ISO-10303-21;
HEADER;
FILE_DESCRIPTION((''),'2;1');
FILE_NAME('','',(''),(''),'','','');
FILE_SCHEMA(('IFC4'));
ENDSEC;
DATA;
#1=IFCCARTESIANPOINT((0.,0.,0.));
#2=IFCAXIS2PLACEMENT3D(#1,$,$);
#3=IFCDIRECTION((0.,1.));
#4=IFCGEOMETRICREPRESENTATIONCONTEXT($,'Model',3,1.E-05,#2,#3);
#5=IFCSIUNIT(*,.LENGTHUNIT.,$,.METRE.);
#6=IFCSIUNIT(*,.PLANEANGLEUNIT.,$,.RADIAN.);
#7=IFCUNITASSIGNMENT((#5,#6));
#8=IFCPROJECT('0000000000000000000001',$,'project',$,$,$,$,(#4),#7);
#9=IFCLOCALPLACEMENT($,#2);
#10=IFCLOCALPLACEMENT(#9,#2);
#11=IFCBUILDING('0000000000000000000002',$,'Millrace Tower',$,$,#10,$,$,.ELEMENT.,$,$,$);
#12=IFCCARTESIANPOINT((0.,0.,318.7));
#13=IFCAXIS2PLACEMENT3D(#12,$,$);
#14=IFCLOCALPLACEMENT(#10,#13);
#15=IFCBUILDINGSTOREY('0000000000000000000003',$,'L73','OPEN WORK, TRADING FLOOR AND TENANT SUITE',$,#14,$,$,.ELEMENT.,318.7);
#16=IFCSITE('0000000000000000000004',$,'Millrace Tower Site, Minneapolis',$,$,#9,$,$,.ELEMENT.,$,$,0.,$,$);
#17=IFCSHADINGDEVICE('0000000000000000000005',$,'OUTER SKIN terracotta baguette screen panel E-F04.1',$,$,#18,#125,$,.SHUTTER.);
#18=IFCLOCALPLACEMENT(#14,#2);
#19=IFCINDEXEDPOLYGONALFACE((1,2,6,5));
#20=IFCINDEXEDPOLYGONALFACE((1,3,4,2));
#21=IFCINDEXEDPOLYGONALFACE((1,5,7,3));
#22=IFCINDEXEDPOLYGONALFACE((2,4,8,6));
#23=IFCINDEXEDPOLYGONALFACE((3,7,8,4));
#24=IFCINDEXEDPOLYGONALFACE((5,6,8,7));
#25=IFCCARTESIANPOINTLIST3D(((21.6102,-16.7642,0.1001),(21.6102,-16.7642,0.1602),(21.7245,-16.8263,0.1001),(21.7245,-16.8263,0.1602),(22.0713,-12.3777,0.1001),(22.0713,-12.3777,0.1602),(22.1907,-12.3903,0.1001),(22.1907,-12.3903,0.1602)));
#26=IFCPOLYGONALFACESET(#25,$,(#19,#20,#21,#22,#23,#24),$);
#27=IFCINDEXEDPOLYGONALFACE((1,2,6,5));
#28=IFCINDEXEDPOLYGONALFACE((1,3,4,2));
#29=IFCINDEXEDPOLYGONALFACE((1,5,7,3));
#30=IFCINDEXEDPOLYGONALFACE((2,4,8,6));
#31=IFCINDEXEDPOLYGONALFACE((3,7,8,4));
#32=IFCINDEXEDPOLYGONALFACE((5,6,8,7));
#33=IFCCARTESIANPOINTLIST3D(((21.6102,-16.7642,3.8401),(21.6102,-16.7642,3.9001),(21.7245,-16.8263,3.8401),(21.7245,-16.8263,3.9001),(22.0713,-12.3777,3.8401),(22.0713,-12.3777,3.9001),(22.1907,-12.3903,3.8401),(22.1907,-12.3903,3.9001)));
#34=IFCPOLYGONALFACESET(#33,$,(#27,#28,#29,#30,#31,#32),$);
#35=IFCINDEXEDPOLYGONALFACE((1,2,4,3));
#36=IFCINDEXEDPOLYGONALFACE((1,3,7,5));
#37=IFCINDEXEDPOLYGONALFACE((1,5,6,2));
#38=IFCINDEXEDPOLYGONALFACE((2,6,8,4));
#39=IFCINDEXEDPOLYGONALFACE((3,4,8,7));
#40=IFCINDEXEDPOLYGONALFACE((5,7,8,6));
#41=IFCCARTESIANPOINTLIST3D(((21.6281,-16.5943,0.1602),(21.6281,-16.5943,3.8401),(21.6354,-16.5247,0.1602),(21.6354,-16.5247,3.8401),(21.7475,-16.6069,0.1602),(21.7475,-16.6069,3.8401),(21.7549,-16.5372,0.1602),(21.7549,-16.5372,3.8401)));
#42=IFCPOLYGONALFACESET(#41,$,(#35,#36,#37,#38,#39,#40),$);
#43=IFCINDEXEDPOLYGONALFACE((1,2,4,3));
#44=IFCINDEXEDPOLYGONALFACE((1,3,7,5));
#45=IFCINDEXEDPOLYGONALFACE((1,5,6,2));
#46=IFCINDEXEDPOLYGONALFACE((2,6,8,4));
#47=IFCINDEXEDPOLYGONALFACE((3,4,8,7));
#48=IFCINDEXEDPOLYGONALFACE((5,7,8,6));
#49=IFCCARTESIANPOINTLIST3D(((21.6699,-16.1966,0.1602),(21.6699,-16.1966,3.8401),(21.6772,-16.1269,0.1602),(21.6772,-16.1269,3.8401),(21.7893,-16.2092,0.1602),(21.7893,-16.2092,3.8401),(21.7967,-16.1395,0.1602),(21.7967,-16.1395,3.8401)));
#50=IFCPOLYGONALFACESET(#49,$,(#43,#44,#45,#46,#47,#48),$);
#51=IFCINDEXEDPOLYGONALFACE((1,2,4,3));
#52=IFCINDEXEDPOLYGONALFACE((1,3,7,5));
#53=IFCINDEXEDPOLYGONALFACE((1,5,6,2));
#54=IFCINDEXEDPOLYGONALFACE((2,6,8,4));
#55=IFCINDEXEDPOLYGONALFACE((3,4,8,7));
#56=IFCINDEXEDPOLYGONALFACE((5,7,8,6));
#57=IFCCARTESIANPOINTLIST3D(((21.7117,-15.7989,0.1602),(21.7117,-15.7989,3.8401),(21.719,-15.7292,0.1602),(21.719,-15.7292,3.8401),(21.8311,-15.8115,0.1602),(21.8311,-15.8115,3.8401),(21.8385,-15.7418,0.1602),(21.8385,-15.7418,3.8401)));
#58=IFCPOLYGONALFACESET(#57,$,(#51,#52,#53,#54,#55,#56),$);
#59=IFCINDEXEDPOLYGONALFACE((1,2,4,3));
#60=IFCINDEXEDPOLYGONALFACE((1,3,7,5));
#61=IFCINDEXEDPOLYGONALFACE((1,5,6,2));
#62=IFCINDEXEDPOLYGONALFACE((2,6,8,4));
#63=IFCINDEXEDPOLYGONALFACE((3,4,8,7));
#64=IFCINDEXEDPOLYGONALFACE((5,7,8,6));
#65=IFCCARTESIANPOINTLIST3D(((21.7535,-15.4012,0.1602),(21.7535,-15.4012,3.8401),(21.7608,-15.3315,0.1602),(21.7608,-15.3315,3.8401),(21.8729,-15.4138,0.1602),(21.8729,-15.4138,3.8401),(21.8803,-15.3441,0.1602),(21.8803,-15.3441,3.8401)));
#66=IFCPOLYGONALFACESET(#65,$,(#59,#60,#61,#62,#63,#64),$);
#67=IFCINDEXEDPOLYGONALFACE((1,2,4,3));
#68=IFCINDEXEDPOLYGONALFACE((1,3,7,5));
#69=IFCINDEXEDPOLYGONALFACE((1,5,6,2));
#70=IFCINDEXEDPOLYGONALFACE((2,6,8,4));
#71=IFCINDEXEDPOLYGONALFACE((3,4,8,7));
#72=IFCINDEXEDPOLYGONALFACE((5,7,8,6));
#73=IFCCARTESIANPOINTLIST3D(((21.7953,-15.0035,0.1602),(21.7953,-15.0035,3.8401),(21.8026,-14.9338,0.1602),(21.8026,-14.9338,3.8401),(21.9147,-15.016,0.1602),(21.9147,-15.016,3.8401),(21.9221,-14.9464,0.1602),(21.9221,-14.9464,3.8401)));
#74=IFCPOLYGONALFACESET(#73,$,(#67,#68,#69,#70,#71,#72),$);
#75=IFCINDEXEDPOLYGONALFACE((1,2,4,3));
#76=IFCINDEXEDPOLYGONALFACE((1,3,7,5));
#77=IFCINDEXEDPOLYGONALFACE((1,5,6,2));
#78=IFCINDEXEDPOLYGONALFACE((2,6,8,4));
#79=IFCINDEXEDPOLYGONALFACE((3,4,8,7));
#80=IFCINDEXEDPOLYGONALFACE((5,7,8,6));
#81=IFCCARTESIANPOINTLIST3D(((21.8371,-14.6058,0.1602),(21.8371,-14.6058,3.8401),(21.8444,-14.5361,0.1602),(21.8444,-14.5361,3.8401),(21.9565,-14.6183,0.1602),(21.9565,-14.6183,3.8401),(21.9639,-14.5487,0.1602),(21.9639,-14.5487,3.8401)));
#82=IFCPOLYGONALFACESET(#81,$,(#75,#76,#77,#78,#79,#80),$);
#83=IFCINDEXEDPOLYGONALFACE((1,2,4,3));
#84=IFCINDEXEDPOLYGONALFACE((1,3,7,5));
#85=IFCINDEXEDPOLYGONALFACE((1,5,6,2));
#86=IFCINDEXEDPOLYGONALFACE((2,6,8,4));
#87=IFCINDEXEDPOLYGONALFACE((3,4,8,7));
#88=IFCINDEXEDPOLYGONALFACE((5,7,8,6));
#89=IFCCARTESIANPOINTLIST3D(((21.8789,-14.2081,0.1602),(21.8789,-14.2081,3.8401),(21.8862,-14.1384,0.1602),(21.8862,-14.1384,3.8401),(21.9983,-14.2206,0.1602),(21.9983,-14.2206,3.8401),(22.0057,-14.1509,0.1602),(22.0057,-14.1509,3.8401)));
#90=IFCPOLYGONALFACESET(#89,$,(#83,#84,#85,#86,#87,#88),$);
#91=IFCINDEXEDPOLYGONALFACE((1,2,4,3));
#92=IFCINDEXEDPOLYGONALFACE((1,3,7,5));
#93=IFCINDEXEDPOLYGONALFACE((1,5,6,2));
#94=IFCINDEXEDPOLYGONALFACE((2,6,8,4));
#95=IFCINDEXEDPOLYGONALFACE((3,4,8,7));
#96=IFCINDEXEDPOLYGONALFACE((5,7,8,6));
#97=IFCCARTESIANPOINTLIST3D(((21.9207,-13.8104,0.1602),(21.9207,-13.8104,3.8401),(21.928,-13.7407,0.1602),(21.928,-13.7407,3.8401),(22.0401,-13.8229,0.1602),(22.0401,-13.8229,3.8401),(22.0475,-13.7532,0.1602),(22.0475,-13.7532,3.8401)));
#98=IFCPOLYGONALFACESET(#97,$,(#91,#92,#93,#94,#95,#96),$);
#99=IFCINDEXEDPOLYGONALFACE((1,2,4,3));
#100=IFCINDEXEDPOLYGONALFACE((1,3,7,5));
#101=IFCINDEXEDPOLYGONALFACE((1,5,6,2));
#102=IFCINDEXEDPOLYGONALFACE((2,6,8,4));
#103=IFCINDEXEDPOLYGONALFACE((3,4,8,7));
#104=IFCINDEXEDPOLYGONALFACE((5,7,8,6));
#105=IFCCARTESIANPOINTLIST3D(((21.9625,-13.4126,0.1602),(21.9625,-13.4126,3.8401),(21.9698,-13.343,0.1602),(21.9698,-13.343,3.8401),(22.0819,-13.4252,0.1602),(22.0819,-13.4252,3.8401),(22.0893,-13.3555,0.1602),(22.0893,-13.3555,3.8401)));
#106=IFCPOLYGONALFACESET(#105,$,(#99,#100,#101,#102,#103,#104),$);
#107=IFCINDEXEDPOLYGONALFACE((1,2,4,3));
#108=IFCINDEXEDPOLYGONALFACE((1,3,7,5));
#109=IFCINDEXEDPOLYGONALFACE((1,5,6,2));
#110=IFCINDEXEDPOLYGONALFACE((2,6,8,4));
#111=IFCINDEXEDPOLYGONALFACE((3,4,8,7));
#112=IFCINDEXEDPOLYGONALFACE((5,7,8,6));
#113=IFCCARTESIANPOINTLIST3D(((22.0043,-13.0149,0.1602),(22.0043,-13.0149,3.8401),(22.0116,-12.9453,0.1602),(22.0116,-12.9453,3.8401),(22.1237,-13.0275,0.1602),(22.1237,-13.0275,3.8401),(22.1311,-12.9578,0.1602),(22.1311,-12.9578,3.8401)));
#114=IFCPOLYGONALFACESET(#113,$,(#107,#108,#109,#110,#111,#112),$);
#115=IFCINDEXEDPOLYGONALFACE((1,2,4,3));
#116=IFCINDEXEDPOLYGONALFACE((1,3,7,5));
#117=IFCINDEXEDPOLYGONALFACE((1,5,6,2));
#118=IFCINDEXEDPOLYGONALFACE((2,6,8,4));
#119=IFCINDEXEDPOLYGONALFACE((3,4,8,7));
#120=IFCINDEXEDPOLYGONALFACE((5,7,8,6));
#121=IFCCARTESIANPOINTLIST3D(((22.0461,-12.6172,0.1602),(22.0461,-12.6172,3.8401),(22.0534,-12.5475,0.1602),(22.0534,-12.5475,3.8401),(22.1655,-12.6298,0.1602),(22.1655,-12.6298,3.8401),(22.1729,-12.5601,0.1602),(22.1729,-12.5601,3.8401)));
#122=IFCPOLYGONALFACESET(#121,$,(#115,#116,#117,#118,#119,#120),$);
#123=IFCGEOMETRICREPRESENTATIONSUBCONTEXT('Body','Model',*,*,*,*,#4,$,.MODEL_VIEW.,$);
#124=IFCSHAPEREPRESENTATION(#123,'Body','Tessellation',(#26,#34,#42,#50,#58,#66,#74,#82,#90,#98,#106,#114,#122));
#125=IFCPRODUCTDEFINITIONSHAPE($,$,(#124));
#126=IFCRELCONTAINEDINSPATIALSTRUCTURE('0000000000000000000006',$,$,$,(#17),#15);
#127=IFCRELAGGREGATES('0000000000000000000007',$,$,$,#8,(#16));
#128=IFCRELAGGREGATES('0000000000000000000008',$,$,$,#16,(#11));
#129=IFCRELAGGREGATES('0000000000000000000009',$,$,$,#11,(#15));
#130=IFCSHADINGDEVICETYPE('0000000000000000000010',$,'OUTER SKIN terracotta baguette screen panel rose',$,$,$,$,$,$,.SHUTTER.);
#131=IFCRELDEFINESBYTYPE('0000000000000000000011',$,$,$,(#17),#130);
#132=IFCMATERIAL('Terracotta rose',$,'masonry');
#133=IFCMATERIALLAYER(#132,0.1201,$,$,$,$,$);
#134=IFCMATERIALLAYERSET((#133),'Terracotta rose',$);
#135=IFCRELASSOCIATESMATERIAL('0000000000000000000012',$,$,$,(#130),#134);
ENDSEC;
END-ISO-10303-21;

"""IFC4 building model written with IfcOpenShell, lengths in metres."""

from ifc_helpers import new_model, entity, si_unit, direction, frame, frame_2d, origin, place, context, subcontext, project, spatial, rectangle, extrude, source, transform, mapped, material, layer, layer_set, type_object, element, save


model = new_model("IFC4")

# Units and contexts
model_context = context("Model", 3, precision=1e-05, world=origin(), true_north=direction((0.0, 1.0)))
body_context = subcontext(model_context, "Body", "Model", "MODEL_VIEW")
ifc_project = project(units=[si_unit("LENGTHUNIT", "METRE"), si_unit("PLANEANGLEUNIT", "RADIAN")], contexts=[model_context])

# Site, building, storey
site_placement = place(None, origin())
site = spatial("IfcSite", under=ifc_project, at=site_placement, Name="Millrace Tower Site, Minneapolis", CompositionType="ELEMENT", RefElevation=0.0)
building_placement = place(site_placement, origin())
building = spatial("IfcBuilding", under=site, at=building_placement, Name="Millrace Tower", CompositionType="ELEMENT")
storey_placement = place(building_placement, frame((0.0, 0.0, 318.7)))
storey = spatial("IfcBuildingStorey", under=building, at=storey_placement, Name="L73", Description="OPEN WORK, TRADING FLOOR AND TENANT SUITE", CompositionType="ELEMENT", Elevation=318.7)

# Shading device
ifc_material_1 = material(Name="Terracotta rose", Category="masonry")
ifc_layer_1 = layer(ifc_material_1, 0.1201)
ifc_layer_set_1 = layer_set([ifc_layer_1], Name="Terracotta rose")
shading_device_type = type_object("IfcShadingDeviceType", Name="OUTER SKIN terracotta baguette screen panel rose", PredefinedType="SHUTTER", material=ifc_layer_set_1)
cartesian_point_1 = entity("IfcCartesianPoint", [-2.1929, 0.0601])
shared_polyline_1 = entity("IfcPolyline", [cartesian_point_1, entity("IfcCartesianPoint", [2.2178, 0.0601]), entity("IfcCartesianPoint", [2.2178, -0.0601]), entity("IfcCartesianPoint", [-2.2427, -0.0601]), cartesian_point_1])
shared_shape_1 = source(origin(), body_context, "Body", "SweptSolid", [
    entity("IfcExtrudedAreaSolid", entity("IfcArbitraryClosedProfileDef", "AREA", None, shared_polyline_1), entity("IfcAxis2Placement3D", entity("IfcCartesianPoint", [0.0, 0.0, 0.0])), entity("IfcDirection", [0.0, 0.0, 1.0]), 0.0601),
    entity("IfcExtrudedAreaSolid", entity("IfcArbitraryClosedProfileDef", "AREA", None, shared_polyline_1), entity("IfcAxis2Placement3D", entity("IfcCartesianPoint", [0.0, 0.0, 3.74])), entity("IfcDirection", [0.0, 0.0, 1.0]), 0.0601),
    extrude(rectangle(XDim=0.0701, YDim=0.1201, at=frame_2d((-1.9871, 0.0))), frame((0.0, 0.0, 0.0601)), (0.0, 0.0, 1.0), 3.6799),
    extrude(rectangle(XDim=0.0701, YDim=0.1201, at=frame_2d((-1.5872, 0.0))), frame((0.0, 0.0, 0.0601)), (0.0, 0.0, 1.0), 3.6799),
    extrude(rectangle(XDim=0.0701, YDim=0.1201, at=frame_2d((-1.1873, 0.0))), frame((0.0, 0.0, 0.0601)), (0.0, 0.0, 1.0), 3.6799),
    extrude(rectangle(XDim=0.0701, YDim=0.1201, at=frame_2d((-0.7874, 0.0))), frame((0.0, 0.0, 0.0601)), (0.0, 0.0, 1.0), 3.6799),
    extrude(rectangle(XDim=0.0701, YDim=0.1201, at=frame_2d((-0.3875, 0.0))), frame((0.0, 0.0, 0.0601)), (0.0, 0.0, 1.0), 3.6799),
    extrude(rectangle(XDim=0.0701, YDim=0.1201, at=frame_2d((0.0125, 0.0))), frame((0.0, 0.0, 0.0601)), (0.0, 0.0, 1.0), 3.6799),
    extrude(rectangle(XDim=0.0701, YDim=0.1201, at=frame_2d((0.4124, 0.0))), frame((0.0, 0.0, 0.0601)), (0.0, 0.0, 1.0), 3.6799),
    extrude(rectangle(XDim=0.0701, YDim=0.1201, at=frame_2d((0.8123, 0.0))), frame((0.0, 0.0, 0.0601)), (0.0, 0.0, 1.0), 3.6799),
    extrude(rectangle(XDim=0.0701, YDim=0.1201, at=frame_2d((1.2122, 0.0))), frame((0.0, 0.0, 0.0601)), (0.0, 0.0, 1.0), 3.6799),
    extrude(rectangle(XDim=0.0701, YDim=0.1201, at=frame_2d((1.6121, 0.0))), frame((0.0, 0.0, 0.0601)), (0.0, 0.0, 1.0), 3.6799),
    extrude(rectangle(XDim=0.0701, YDim=0.1201, at=frame_2d((2.012, 0.0))), frame((0.0, 0.0, 0.0601)), (0.0, 0.0, 1.0), 3.6799),
])
shading_device_1_placement = place(storey_placement, frame((21.8992, -14.5896, 0.1001), z_axis=(0.0, 0.0, 1.0), x_axis=(0.104528, 0.994522, 0.0)))
element("IfcShadingDevice", 1, at=shading_device_1_placement, inside=storey, type_object=shading_device_type, Name="OUTER SKIN terracotta baguette screen panel E-F04.1", PredefinedType="SHUTTER", context=body_context, shape_type="MappedRepresentation", body=[
    mapped(shared_shape_1, transform((0.0, 0.0, 0.0), scale=1.0)),
])

save(model, "model.ifc")
